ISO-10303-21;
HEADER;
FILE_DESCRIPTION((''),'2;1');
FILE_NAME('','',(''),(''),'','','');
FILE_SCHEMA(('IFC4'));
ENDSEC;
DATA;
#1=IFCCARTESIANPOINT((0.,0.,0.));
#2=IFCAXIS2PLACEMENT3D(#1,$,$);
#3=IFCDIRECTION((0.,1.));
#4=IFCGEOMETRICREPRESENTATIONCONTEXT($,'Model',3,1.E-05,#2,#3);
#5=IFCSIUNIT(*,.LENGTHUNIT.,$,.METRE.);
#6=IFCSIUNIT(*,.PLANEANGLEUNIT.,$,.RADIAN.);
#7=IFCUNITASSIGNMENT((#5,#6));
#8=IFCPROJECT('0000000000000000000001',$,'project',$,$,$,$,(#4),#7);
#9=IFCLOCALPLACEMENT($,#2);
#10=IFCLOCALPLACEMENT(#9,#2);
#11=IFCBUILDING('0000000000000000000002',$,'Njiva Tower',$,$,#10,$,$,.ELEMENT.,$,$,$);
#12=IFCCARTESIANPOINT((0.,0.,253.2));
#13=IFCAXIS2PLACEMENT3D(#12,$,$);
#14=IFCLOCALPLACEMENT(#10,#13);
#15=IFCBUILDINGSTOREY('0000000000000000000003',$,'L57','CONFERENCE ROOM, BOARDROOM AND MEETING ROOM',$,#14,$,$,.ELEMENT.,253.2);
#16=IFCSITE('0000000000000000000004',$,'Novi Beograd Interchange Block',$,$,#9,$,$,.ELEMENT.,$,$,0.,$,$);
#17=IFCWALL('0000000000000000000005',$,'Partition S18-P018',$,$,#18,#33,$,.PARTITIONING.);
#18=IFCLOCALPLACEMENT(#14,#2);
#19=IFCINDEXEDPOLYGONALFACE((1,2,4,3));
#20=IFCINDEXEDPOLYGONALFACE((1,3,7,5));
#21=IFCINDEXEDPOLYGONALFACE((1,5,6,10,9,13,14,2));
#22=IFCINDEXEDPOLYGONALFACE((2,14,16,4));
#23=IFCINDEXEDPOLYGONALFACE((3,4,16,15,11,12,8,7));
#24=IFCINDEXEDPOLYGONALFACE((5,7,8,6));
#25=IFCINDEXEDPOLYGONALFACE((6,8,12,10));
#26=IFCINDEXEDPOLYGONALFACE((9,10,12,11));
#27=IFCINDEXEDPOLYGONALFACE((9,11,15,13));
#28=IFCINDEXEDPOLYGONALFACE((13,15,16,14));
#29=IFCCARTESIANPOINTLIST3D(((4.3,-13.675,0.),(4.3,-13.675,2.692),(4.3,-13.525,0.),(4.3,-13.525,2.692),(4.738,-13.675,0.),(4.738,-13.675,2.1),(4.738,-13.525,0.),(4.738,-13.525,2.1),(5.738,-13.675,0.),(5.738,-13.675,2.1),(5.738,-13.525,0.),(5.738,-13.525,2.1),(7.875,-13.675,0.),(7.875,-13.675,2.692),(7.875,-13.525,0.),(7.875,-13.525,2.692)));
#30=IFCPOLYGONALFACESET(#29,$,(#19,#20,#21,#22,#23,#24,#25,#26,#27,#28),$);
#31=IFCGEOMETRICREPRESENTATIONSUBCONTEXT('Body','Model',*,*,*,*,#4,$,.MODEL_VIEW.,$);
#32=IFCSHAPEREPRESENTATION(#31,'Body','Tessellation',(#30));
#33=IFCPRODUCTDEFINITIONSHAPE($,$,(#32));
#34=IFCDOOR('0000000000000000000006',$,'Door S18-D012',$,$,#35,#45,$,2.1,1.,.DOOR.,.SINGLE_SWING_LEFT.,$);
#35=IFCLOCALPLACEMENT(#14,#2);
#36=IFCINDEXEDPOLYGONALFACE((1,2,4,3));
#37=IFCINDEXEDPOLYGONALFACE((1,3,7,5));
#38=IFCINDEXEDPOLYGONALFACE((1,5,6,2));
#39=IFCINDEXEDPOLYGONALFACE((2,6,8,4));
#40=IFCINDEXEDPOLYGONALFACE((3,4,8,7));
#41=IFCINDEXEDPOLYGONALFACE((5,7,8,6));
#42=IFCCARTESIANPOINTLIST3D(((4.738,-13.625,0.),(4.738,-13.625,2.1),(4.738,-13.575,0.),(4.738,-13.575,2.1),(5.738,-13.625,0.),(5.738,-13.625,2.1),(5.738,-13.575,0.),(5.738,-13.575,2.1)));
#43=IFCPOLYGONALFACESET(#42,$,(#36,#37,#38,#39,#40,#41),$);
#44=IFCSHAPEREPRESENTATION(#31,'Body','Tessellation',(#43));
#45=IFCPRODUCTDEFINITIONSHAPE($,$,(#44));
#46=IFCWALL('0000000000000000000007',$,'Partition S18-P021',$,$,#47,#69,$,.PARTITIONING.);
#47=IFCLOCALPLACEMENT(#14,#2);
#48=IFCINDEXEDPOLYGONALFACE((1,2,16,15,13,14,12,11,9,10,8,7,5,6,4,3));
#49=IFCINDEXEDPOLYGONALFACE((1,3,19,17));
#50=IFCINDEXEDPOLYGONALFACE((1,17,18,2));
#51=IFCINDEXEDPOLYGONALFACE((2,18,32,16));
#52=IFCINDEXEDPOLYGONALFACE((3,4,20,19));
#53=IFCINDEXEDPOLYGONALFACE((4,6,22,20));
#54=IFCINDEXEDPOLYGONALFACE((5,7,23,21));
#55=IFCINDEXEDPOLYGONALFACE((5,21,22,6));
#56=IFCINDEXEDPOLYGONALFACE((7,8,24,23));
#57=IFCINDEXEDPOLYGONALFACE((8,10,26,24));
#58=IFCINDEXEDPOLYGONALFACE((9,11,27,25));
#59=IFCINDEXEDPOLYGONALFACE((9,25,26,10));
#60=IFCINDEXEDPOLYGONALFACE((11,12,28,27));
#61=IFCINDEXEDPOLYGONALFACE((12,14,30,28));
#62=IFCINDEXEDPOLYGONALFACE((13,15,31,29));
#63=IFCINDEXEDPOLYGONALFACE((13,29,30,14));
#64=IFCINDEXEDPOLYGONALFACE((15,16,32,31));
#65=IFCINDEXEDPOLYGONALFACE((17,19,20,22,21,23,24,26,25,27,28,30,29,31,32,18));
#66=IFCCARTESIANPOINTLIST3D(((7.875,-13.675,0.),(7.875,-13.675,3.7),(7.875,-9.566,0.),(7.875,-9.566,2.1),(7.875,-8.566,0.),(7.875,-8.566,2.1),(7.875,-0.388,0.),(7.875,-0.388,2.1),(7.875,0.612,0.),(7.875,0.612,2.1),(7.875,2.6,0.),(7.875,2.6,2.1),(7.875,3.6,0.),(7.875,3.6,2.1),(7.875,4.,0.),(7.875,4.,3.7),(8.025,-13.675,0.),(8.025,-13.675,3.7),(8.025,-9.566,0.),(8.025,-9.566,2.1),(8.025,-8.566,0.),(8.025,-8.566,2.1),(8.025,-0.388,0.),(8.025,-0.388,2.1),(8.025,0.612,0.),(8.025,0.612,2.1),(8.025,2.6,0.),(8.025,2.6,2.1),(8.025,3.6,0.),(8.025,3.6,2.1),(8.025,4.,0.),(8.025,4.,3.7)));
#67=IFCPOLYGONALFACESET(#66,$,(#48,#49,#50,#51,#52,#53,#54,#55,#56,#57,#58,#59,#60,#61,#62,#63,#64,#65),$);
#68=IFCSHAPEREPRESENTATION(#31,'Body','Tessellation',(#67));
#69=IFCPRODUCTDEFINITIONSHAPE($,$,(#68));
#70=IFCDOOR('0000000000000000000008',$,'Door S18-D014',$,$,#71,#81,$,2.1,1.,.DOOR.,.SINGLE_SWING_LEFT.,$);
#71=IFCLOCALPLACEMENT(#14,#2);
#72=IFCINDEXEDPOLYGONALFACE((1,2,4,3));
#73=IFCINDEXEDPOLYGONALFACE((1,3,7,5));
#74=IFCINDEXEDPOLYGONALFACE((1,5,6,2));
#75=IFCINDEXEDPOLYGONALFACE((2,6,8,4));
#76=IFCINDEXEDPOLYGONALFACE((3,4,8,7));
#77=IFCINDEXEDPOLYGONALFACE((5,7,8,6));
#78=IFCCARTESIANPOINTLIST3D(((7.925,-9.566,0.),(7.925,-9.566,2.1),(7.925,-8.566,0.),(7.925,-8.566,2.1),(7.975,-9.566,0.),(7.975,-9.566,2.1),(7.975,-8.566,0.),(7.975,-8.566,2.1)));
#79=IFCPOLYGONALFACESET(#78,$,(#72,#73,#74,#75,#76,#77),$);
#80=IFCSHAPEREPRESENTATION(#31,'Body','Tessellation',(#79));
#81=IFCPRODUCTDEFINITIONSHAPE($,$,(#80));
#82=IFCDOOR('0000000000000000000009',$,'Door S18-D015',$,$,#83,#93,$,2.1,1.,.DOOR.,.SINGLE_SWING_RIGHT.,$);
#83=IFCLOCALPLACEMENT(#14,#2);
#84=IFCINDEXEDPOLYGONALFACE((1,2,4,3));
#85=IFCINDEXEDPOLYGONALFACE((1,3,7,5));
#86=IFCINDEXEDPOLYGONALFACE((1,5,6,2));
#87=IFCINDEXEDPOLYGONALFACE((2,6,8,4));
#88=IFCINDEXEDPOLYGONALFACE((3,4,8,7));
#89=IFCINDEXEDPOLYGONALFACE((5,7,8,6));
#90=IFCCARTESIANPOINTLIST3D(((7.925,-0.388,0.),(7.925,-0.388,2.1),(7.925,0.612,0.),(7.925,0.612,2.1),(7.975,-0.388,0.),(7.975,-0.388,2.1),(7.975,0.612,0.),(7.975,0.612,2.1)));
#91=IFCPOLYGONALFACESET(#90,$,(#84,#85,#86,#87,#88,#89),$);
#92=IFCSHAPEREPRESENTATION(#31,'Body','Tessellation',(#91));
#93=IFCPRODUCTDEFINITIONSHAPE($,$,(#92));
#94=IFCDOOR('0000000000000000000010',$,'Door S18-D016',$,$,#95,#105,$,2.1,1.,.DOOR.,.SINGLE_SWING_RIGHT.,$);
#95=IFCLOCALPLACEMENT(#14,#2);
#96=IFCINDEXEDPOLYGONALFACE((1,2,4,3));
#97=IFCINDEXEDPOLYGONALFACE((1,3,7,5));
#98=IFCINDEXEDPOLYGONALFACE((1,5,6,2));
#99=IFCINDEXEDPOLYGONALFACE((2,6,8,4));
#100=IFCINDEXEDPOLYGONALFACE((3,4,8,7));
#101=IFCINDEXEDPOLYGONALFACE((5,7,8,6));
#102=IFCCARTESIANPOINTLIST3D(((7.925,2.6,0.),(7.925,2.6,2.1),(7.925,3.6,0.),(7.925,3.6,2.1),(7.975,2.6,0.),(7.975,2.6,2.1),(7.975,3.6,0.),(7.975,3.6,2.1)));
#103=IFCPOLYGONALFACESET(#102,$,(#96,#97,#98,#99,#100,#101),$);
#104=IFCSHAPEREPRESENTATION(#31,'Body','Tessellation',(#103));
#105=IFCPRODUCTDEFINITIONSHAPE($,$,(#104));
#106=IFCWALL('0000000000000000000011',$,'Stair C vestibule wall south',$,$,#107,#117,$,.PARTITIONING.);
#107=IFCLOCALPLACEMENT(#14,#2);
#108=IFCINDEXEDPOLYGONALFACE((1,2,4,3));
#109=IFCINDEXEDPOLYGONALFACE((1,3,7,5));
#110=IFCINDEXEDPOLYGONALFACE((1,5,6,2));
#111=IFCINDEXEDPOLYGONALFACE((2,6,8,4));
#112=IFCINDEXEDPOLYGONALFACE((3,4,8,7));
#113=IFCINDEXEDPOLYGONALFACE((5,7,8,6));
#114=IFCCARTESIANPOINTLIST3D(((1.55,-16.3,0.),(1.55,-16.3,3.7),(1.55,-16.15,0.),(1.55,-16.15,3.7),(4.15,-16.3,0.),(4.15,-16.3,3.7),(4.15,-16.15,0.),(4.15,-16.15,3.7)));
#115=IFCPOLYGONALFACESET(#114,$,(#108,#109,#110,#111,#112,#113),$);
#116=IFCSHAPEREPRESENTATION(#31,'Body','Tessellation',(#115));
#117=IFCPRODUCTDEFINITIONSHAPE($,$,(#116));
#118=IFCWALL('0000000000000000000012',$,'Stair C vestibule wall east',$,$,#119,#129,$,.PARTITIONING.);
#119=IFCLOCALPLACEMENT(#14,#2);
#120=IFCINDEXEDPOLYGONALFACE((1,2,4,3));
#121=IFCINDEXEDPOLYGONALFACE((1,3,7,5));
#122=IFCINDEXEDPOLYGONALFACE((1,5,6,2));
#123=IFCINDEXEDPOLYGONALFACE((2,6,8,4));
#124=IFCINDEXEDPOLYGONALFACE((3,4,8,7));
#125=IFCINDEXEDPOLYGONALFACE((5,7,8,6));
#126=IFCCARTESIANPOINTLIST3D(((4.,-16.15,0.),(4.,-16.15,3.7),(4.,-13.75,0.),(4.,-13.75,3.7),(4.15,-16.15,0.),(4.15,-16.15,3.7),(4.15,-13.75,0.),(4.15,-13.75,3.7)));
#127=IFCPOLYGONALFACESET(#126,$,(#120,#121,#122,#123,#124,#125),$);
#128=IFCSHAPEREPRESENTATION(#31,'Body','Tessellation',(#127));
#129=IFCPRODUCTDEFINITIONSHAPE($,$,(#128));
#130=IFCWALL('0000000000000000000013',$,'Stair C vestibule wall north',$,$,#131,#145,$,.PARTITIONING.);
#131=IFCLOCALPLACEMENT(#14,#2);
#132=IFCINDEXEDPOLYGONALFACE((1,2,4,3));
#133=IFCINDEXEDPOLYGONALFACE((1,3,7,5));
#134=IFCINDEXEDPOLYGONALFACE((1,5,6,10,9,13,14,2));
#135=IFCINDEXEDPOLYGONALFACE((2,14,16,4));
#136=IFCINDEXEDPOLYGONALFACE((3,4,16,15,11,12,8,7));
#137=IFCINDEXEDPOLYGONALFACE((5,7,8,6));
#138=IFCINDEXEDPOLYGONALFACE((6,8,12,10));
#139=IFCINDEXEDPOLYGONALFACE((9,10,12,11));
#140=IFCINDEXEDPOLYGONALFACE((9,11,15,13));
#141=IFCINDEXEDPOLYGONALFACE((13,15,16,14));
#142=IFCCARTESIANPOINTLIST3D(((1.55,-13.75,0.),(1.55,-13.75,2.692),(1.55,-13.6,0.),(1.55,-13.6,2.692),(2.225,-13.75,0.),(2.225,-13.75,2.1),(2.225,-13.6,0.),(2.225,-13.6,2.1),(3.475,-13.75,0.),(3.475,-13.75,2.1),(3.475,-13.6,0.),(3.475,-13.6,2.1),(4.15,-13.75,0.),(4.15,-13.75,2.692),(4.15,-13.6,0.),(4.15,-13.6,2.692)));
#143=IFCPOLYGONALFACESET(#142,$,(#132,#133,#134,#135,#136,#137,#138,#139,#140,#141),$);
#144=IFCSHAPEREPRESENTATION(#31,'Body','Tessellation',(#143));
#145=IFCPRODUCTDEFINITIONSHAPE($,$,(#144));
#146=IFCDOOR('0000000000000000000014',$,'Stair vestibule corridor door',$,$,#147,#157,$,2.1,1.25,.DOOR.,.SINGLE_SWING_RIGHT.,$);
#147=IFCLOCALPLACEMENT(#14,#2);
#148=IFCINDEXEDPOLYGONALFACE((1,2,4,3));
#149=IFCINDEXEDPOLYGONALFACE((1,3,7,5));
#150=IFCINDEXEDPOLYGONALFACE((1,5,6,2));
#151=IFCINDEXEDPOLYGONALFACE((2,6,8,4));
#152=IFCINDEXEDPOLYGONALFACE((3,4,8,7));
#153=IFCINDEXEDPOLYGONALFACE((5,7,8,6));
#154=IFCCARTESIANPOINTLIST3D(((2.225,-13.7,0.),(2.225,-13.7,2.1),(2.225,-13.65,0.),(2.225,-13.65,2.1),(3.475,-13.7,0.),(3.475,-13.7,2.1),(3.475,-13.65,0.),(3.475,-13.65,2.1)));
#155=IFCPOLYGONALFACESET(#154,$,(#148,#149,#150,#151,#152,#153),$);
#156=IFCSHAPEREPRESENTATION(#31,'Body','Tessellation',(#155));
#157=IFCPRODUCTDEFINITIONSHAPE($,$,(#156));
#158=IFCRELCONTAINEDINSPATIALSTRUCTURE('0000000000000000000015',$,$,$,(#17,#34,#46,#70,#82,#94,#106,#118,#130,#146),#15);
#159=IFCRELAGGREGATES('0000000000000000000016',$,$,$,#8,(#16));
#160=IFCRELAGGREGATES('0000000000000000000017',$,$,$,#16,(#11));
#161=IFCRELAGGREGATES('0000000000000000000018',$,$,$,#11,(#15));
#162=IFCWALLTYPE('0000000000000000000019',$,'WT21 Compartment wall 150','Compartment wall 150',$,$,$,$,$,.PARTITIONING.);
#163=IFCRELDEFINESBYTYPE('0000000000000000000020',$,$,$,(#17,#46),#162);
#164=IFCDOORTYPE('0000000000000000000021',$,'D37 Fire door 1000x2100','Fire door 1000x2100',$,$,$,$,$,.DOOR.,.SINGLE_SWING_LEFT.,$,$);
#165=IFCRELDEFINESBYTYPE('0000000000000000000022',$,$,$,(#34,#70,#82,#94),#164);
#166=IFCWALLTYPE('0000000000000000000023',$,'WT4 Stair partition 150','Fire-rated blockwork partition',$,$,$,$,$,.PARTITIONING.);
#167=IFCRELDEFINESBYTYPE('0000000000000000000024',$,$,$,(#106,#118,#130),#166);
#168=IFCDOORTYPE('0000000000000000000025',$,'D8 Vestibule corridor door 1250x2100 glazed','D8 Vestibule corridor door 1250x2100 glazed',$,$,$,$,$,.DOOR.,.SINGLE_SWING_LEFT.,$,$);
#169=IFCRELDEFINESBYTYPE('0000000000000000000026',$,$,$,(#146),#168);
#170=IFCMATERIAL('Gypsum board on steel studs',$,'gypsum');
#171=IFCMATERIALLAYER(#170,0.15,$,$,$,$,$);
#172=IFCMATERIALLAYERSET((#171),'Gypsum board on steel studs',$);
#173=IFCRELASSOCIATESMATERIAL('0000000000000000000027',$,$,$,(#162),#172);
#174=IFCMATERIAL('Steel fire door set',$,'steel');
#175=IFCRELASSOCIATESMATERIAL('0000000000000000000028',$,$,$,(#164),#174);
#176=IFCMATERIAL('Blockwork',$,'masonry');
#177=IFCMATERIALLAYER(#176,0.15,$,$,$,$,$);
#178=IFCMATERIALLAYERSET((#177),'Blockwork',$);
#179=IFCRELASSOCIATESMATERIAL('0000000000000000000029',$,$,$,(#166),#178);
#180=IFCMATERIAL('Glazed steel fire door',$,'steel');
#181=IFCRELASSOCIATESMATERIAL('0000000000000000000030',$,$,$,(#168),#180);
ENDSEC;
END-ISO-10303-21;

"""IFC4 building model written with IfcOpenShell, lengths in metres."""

from ifc_helpers import new_model, si_unit, direction, frame, frame_2d, origin, place, context, subcontext, project, spatial, rectangle, extrude, material, layer, layer_set, type_object, element, fill, save


model = new_model("IFC4")

# Units and contexts
model_context = context("Model", 3, precision=1e-05, world=origin(), true_north=direction((0.0, 1.0)))
body_context = subcontext(model_context, "Body", "Model", "MODEL_VIEW")
ifc_project = project(units=[si_unit("LENGTHUNIT", "METRE"), si_unit("PLANEANGLEUNIT", "RADIAN")], contexts=[model_context])

# Site, building, storey
site_placement = place(None, origin())
site = spatial("IfcSite", under=ifc_project, at=site_placement, Name="Novi Beograd Interchange Block", CompositionType="ELEMENT", RefElevation=0.0)
building_placement = place(site_placement, origin())
building = spatial("IfcBuilding", under=site, at=building_placement, Name="Njiva Tower", CompositionType="ELEMENT")
storey_placement = place(building_placement, frame((0.0, 0.0, 253.2)))
storey = spatial("IfcBuildingStorey", under=building, at=storey_placement, Name="L57", Description="CONFERENCE ROOM, BOARDROOM AND MEETING ROOM", CompositionType="ELEMENT", Elevation=253.2)

# Shared definitions
ifc_material_1 = material(Name="Gypsum board on steel studs", Category="gypsum")

# Wall, opening, door
ifc_layer_1 = layer(ifc_material_1, 0.15)
ifc_layer_set_1 = layer_set([ifc_layer_1], Name="Gypsum board on steel studs")
wall_type_1 = type_object("IfcWallType", Name="WT21 Compartment wall 150", Description="Compartment wall 150", PredefinedType="PARTITIONING", material=ifc_layer_set_1)
wall_1_placement = place(storey_placement, frame((4.3, -13.6, 0.0), z_axis=(0.0, 0.0, 1.0), x_axis=(1.0, 0.0, 0.0)))
wall_1 = element("IfcWall", 1, at=wall_1_placement, inside=storey, type_object=wall_type_1, Name="Partition S18-P018", PredefinedType="PARTITIONING", context=body_context, shape_type="SweptSolid", body=[
    extrude(rectangle(XDim=3.575, YDim=0.15, at=frame_2d((1.7875, 0.0))), origin(), (0.0, 0.0, 1.0), 2.692),
])
opening_1_placement = place(wall_1_placement, frame((0.438, 0.0, 0.0)))
opening_1 = element("IfcOpeningElement", 2, at=opening_1_placement, cuts=wall_1, PredefinedType="OPENING", context=body_context, shape_type="SweptSolid", body=[
    extrude(rectangle(XDim=1.0, YDim=2.1, at=frame_2d((0.5, 1.05))), frame((0.0, 0.085, 0.0), z_axis=(0.0, -1.0, 0.0), x_axis=(1.0, 0.0, 0.0)), (0.0, 0.0, 1.0), 0.17),
])
ifc_material_2 = material(Name="Steel fire door set", Category="steel")
door_type_1 = type_object("IfcDoorType", Name="D37 Fire door 1000x2100", Description="Fire door 1000x2100", OperationType="SINGLE_SWING_LEFT", PredefinedType="DOOR", material=ifc_material_2)
door_1_placement = place(opening_1_placement, origin())
door_1 = element("IfcDoor", 3, at=door_1_placement, inside=storey, type_object=door_type_1, Name="Door S18-D012", OperationType="SINGLE_SWING_LEFT", OverallHeight=2.1, OverallWidth=1.0, PredefinedType="DOOR", context=body_context, shape_type="SweptSolid", body=[
    extrude(rectangle(XDim=1.0, YDim=2.1, at=frame_2d((0.5, 1.05))), frame((0.0, 0.025, 0.0), z_axis=(0.0, -1.0, 0.0), x_axis=(1.0, 0.0, 0.0)), (0.0, 0.0, 1.0), 0.05),
])
fill(opening_1, door_1)

# Wall, openings, doors
wall_2_placement = place(storey_placement, frame((7.95, -13.675, 0.0), z_axis=(0.0, 0.0, 1.0), x_axis=(0.0, 1.0, 0.0)))
wall_2 = element("IfcWall", 4, at=wall_2_placement, inside=storey, type_object=wall_type_1, Name="Partition S18-P021", PredefinedType="PARTITIONING", context=body_context, shape_type="SweptSolid", body=[
    extrude(rectangle(XDim=17.675, YDim=0.15, at=frame_2d((8.8375, 0.0))), origin(), (0.0, 0.0, 1.0), 3.7),
])
opening_2_placement = place(wall_2_placement, frame((4.109, 0.0, 0.0)))
opening_2 = element("IfcOpeningElement", 5, at=opening_2_placement, cuts=wall_2, PredefinedType="OPENING", context=body_context, shape_type="SweptSolid", body=[
    extrude(rectangle(XDim=1.0, YDim=2.1, at=frame_2d((0.5, 1.05))), frame((0.0, 0.085, 0.0), z_axis=(0.0, -1.0, 0.0), x_axis=(1.0, 0.0, 0.0)), (0.0, 0.0, 1.0), 0.17),
])
opening_3_placement = place(wall_2_placement, frame((13.287, 0.0, 0.0)))
opening_3 = element("IfcOpeningElement", 6, at=opening_3_placement, cuts=wall_2, PredefinedType="OPENING", context=body_context, shape_type="SweptSolid", body=[
    extrude(rectangle(XDim=1.0, YDim=2.1, at=frame_2d((0.5, 1.05))), frame((0.0, 0.085, 0.0), z_axis=(0.0, -1.0, 0.0), x_axis=(1.0, 0.0, 0.0)), (0.0, 0.0, 1.0), 0.17),
])
opening_4_placement = place(wall_2_placement, frame((16.275, 0.0, 0.0)))
opening_4 = element("IfcOpeningElement", 7, at=opening_4_placement, cuts=wall_2, PredefinedType="OPENING", context=body_context, shape_type="SweptSolid", body=[
    extrude(rectangle(XDim=1.0, YDim=2.1, at=frame_2d((0.5, 1.05))), frame((0.0, 0.085, 0.0), z_axis=(0.0, -1.0, 0.0), x_axis=(1.0, 0.0, 0.0)), (0.0, 0.0, 1.0), 0.17),
])
door_2_placement = place(opening_2_placement, origin())
door_2 = element("IfcDoor", 8, at=door_2_placement, inside=storey, type_object=door_type_1, Name="Door S18-D014", OperationType="SINGLE_SWING_LEFT", OverallHeight=2.1, OverallWidth=1.0, PredefinedType="DOOR", context=body_context, shape_type="SweptSolid", body=[
    extrude(rectangle(XDim=1.0, YDim=2.1, at=frame_2d((0.5, 1.05))), frame((0.0, 0.025, 0.0), z_axis=(0.0, -1.0, 0.0), x_axis=(1.0, 0.0, 0.0)), (0.0, 0.0, 1.0), 0.05),
])
fill(opening_2, door_2)
door_3_placement = place(opening_3_placement, origin())
door_3 = element("IfcDoor", 9, at=door_3_placement, inside=storey, type_object=door_type_1, Name="Door S18-D015", OperationType="SINGLE_SWING_RIGHT", OverallHeight=2.1, OverallWidth=1.0, PredefinedType="DOOR", context=body_context, shape_type="SweptSolid", body=[
    extrude(rectangle(XDim=1.0, YDim=2.1, at=frame_2d((0.5, 1.05))), frame((0.0, 0.025, 0.0), z_axis=(0.0, -1.0, 0.0), x_axis=(1.0, 0.0, 0.0)), (0.0, 0.0, 1.0), 0.05),
])
fill(opening_3, door_3)
door_4_placement = place(opening_4_placement, origin())
door_4 = element("IfcDoor", 10, at=door_4_placement, inside=storey, type_object=door_type_1, Name="Door S18-D016", OperationType="SINGLE_SWING_RIGHT", OverallHeight=2.1, OverallWidth=1.0, PredefinedType="DOOR", context=body_context, shape_type="SweptSolid", body=[
    extrude(rectangle(XDim=1.0, YDim=2.1, at=frame_2d((0.5, 1.05))), frame((0.0, 0.025, 0.0), z_axis=(0.0, -1.0, 0.0), x_axis=(1.0, 0.0, 0.0)), (0.0, 0.0, 1.0), 0.05),
])
fill(opening_4, door_4)

# Walls
ifc_material_3 = material(Name="Blockwork", Category="masonry")
ifc_layer_2 = layer(ifc_material_3, 0.15)
ifc_layer_set_2 = layer_set([ifc_layer_2], Name="Blockwork")
wall_type_2 = type_object("IfcWallType", Name="WT4 Stair partition 150", Description="Fire-rated blockwork partition", PredefinedType="PARTITIONING", material=ifc_layer_set_2)
wall_3_placement = place(storey_placement, frame((1.55, -16.225, 0.0), z_axis=(0.0, 0.0, 1.0), x_axis=(1.0, 0.0, 0.0)))
element("IfcWall", 11, at=wall_3_placement, inside=storey, type_object=wall_type_2, Name="Stair C vestibule wall south", PredefinedType="PARTITIONING", context=body_context, shape_type="SweptSolid", body=[
    extrude(rectangle(XDim=2.6, YDim=0.15, at=frame_2d((1.3, 0.0))), origin(), (0.0, 0.0, 1.0), 3.7),
])
wall_4_placement = place(storey_placement, frame((4.075, -16.15, 0.0), z_axis=(0.0, 0.0, 1.0), x_axis=(0.0, 1.0, 0.0)))
element("IfcWall", 12, at=wall_4_placement, inside=storey, type_object=wall_type_2, Name="Stair C vestibule wall east", PredefinedType="PARTITIONING", context=body_context, shape_type="SweptSolid", body=[
    extrude(rectangle(XDim=2.4, YDim=0.15, at=frame_2d((1.2, 0.0))), origin(), (0.0, 0.0, 1.0), 3.7),
])

# Wall, opening, door
wall_5_placement = place(storey_placement, frame((1.55, -13.675, 0.0), z_axis=(0.0, 0.0, 1.0), x_axis=(1.0, 0.0, 0.0)))
wall_5 = element("IfcWall", 13, at=wall_5_placement, inside=storey, type_object=wall_type_2, Name="Stair C vestibule wall north", PredefinedType="PARTITIONING", context=body_context, shape_type="SweptSolid", body=[
    extrude(rectangle(XDim=2.6, YDim=0.15, at=frame_2d((1.3, 0.0))), origin(), (0.0, 0.0, 1.0), 2.692),
])
opening_5_placement = place(wall_5_placement, frame((0.675, 0.0, 0.0)))
opening_5 = element("IfcOpeningElement", 14, at=opening_5_placement, cuts=wall_5, PredefinedType="OPENING", context=body_context, shape_type="SweptSolid", body=[
    extrude(rectangle(XDim=1.25, YDim=2.1, at=frame_2d((0.625, 1.05))), frame((0.0, 0.085, 0.0), z_axis=(0.0, -1.0, 0.0), x_axis=(1.0, 0.0, 0.0)), (0.0, 0.0, 1.0), 0.17),
])
ifc_material_4 = material(Name="Glazed steel fire door", Category="steel")
door_type_2 = type_object("IfcDoorType", Name="D8 Vestibule corridor door 1250x2100 glazed", Description="D8 Vestibule corridor door 1250x2100 glazed", OperationType="SINGLE_SWING_LEFT", PredefinedType="DOOR", material=ifc_material_4)
door_5_placement = place(opening_5_placement, origin())
door_5 = element("IfcDoor", 15, at=door_5_placement, inside=storey, type_object=door_type_2, Name="Stair vestibule corridor door", OperationType="SINGLE_SWING_RIGHT", OverallHeight=2.1, OverallWidth=1.25, PredefinedType="DOOR", context=body_context, shape_type="SweptSolid", body=[
    extrude(rectangle(XDim=1.25, YDim=2.1, at=frame_2d((0.625, 1.05))), frame((0.0, 0.025, 0.0), z_axis=(0.0, -1.0, 0.0), x_axis=(1.0, 0.0, 0.0)), (0.0, 0.0, 1.0), 0.05),
])
fill(opening_5, door_5)

save(model, "model.ifc")
